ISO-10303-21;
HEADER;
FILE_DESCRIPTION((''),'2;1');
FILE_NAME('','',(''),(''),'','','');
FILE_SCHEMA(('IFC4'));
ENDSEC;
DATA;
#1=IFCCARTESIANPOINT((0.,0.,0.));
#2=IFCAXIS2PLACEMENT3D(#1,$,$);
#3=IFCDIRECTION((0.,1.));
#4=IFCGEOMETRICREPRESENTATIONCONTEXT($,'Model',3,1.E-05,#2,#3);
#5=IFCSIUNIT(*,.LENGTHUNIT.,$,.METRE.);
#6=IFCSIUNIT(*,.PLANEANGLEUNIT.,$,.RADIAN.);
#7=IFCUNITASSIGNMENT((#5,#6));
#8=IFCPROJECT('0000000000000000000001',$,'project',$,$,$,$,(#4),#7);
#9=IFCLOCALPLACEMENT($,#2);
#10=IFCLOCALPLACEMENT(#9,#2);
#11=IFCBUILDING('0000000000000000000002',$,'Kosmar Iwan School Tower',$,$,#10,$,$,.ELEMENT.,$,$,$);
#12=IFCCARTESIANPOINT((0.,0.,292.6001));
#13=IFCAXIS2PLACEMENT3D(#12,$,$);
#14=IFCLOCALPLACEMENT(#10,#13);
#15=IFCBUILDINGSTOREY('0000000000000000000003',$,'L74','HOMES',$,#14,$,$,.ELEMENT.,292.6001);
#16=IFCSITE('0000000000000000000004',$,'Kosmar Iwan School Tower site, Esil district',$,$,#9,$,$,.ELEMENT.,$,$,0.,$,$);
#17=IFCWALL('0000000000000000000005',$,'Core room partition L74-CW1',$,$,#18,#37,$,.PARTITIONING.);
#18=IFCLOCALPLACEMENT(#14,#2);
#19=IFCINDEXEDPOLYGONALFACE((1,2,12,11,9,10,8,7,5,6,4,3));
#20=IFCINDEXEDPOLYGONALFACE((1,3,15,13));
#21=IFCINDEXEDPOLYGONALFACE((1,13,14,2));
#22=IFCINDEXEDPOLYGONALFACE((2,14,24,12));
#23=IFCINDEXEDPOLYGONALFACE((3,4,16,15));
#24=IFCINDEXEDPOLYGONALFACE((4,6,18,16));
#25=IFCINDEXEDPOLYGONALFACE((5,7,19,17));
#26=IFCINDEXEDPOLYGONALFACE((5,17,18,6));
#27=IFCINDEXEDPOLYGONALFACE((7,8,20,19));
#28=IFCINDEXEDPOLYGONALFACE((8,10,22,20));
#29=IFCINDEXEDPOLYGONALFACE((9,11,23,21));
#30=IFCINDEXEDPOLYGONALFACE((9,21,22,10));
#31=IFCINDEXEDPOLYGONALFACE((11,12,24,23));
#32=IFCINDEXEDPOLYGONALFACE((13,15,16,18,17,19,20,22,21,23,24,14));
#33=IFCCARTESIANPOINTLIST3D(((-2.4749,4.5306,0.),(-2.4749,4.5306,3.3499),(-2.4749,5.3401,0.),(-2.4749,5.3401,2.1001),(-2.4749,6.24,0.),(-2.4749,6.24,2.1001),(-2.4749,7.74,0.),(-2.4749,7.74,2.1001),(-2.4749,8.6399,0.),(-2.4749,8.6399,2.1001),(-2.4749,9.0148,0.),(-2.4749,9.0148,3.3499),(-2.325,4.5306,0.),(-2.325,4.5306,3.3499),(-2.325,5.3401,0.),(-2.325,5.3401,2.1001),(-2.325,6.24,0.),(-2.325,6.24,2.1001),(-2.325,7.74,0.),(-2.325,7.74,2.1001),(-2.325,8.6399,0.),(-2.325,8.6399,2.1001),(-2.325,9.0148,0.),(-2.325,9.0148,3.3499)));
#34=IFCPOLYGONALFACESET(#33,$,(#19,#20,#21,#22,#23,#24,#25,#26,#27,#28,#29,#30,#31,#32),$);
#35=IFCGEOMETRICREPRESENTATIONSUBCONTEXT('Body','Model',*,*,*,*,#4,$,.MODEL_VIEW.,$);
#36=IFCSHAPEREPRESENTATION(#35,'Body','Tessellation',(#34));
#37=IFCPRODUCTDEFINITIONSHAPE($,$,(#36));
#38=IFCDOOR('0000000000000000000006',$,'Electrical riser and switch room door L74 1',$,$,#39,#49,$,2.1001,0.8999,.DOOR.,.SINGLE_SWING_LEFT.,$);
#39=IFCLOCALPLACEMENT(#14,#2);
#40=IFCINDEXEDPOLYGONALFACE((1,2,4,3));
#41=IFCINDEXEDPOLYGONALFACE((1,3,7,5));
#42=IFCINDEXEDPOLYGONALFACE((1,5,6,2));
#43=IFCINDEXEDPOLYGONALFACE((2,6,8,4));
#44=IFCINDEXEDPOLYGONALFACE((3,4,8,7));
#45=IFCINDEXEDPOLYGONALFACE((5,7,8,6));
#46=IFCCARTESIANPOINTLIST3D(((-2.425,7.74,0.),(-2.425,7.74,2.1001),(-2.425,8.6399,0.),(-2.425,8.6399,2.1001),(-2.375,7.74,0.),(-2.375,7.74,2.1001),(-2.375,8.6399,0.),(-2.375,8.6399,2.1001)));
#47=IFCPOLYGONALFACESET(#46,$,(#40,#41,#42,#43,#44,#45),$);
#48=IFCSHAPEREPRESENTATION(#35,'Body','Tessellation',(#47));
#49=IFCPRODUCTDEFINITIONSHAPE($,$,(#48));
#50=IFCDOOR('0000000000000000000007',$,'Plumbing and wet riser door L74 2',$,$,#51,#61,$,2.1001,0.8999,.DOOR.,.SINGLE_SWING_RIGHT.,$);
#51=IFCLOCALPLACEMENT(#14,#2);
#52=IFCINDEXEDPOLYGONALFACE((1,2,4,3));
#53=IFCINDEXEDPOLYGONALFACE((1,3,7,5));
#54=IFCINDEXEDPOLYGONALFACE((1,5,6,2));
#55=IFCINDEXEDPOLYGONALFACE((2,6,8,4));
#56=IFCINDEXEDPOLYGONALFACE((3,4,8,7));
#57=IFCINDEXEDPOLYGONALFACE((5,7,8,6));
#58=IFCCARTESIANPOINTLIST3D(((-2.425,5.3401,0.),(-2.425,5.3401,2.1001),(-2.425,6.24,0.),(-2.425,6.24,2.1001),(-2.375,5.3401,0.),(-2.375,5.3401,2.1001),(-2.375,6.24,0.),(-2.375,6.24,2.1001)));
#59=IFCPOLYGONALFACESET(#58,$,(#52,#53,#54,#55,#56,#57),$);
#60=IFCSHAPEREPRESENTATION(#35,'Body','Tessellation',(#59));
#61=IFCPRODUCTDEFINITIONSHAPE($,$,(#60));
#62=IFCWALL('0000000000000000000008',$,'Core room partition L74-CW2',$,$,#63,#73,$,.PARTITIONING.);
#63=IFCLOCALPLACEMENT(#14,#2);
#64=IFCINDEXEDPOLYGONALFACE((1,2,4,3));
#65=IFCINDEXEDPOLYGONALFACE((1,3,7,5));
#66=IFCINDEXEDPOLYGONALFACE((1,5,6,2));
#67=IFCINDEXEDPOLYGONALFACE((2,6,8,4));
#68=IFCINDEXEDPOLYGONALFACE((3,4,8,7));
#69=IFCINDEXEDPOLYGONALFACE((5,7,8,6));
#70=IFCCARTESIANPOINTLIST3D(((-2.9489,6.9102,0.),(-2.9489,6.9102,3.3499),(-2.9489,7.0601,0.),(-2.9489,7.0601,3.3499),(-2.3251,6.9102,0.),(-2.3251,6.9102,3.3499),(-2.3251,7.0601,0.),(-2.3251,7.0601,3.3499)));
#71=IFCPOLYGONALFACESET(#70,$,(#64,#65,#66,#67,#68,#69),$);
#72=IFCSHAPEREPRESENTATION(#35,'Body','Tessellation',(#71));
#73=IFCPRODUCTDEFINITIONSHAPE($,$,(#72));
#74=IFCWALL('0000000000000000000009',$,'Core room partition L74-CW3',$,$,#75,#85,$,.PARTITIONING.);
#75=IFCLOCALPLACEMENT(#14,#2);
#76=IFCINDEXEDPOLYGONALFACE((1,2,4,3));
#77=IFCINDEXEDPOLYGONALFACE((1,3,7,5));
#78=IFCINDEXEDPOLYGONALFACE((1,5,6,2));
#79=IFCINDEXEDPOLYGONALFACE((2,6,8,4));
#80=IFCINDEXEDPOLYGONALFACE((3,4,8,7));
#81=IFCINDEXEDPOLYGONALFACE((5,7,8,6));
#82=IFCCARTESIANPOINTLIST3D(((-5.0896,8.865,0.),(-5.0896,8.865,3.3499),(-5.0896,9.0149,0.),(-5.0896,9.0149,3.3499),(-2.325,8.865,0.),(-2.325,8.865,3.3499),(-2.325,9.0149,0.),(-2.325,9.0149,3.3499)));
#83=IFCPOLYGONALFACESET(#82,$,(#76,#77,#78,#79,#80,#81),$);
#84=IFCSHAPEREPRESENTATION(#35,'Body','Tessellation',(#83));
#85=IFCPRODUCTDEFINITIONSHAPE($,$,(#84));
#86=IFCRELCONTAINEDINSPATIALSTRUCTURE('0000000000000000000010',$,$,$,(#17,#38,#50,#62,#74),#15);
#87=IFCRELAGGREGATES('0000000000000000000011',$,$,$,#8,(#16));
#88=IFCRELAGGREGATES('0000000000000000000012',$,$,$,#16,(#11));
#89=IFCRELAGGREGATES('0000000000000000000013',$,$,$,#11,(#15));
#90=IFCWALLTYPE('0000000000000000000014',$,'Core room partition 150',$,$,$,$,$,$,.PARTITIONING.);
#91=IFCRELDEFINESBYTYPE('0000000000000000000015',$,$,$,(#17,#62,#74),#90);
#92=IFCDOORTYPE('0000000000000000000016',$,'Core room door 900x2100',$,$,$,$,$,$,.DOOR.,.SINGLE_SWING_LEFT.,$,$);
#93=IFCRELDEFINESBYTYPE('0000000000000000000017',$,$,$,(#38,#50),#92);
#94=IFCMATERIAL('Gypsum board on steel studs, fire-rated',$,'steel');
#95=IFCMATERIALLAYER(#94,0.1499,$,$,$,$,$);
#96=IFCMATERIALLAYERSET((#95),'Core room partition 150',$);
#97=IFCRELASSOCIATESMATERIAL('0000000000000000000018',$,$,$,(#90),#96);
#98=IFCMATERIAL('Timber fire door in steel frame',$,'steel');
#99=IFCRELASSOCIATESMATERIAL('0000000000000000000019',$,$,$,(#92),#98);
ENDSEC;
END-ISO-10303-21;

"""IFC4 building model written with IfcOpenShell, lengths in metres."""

from ifc_helpers import new_model, si_unit, direction, frame, frame_2d, origin, place, context, subcontext, project, spatial, rectangle, extrude, material, layer, layer_set, type_object, element, fill, save


model = new_model("IFC4")

# Units and contexts
model_context = context("Model", 3, precision=1e-05, world=origin(), true_north=direction((0.0, 1.0)))
body_context = subcontext(model_context, "Body", "Model", "MODEL_VIEW")
ifc_project = project(units=[si_unit("LENGTHUNIT", "METRE"), si_unit("PLANEANGLEUNIT", "RADIAN")], contexts=[model_context])

# Site, building, storey
site_placement = place(None, origin())
site = spatial("IfcSite", under=ifc_project, at=site_placement, Name="Kosmar Iwan School Tower site, Esil district", CompositionType="ELEMENT", RefElevation=0.0)
building_placement = place(site_placement, origin())
building = spatial("IfcBuilding", under=site, at=building_placement, Name="Kosmar Iwan School Tower", CompositionType="ELEMENT")
storey_placement = place(building_placement, frame((0.0, 0.0, 292.6001)))
storey = spatial("IfcBuildingStorey", under=building, at=storey_placement, Name="L74", Description="HOMES", CompositionType="ELEMENT", Elevation=292.6001)

# Wall, openings, doors
ifc_material_1 = material(Name="Gypsum board on steel studs, fire-rated", Category="steel")
ifc_layer_1 = layer(ifc_material_1, 0.1499)
ifc_layer_set_1 = layer_set([ifc_layer_1], Name="Core room partition 150")
wall_type_1 = type_object("IfcWallType", Name="Core room partition 150", PredefinedType="PARTITIONING", material=ifc_layer_set_1)
wall_1_placement = place(storey_placement, frame((-2.3999, 9.0149, 0.0), z_axis=(0.0, 0.0, 1.0), x_axis=(0.0, -1.0, 0.0)))
wall_1 = element("IfcWall", 1, at=wall_1_placement, inside=storey, type_object=wall_type_1, Name="Core room partition L74-CW1", PredefinedType="PARTITIONING", context=body_context, shape_type="SweptSolid", body=[
    extrude(rectangle(XDim=4.4841, YDim=0.1499, at=frame_2d((2.2422, 0.0))), origin(), (0.0, 0.0, 1.0), 3.3499),
])
opening_1_placement = place(wall_1_placement, frame((0.375, 0.0, 0.0)))
opening_1 = element("IfcOpeningElement", 2, at=opening_1_placement, cuts=wall_1, PredefinedType="OPENING", context=body_context, shape_type="SweptSolid", body=[
    extrude(rectangle(XDim=0.8999, YDim=2.1001, at=frame_2d((0.45, 1.05))), frame((0.0, 0.0869, 0.0), z_axis=(0.0, -1.0, 0.0), x_axis=(1.0, 0.0, 0.0)), (0.0, 0.0, 1.0), 0.1738),
])
opening_2_placement = place(wall_1_placement, frame((2.7749, 0.0, 0.0)))
opening_2 = element("IfcOpeningElement", 3, at=opening_2_placement, cuts=wall_1, PredefinedType="OPENING", context=body_context, shape_type="SweptSolid", body=[
    extrude(rectangle(XDim=0.8999, YDim=2.1001, at=frame_2d((0.45, 1.05))), frame((0.0, 0.0869, 0.0), z_axis=(0.0, -1.0, 0.0), x_axis=(1.0, 0.0, 0.0)), (0.0, 0.0, 1.0), 0.1738),
])
ifc_material_2 = material(Name="Timber fire door in steel frame", Category="steel")
door_type_1 = type_object("IfcDoorType", Name="Core room door 900x2100", OperationType="SINGLE_SWING_LEFT", PredefinedType="DOOR", material=ifc_material_2)
door_1_placement = place(opening_1_placement, origin())
door_1 = element("IfcDoor", 4, at=door_1_placement, inside=storey, type_object=door_type_1, Name="Electrical riser and switch room door L74 1", OperationType="SINGLE_SWING_LEFT", OverallHeight=2.1001, OverallWidth=0.8999, PredefinedType="DOOR", context=body_context, shape_type="SweptSolid", body=[
    extrude(rectangle(XDim=0.8999, YDim=2.1001, at=frame_2d((0.45, 1.05))), frame((0.0, 0.0249, 0.0), z_axis=(0.0, -1.0, 0.0), x_axis=(1.0, 0.0, 0.0)), (0.0, 0.0, 1.0), 0.05),
])
fill(opening_1, door_1)
door_2_placement = place(opening_2_placement, origin())
door_2 = element("IfcDoor", 5, at=door_2_placement, inside=storey, type_object=door_type_1, Name="Plumbing and wet riser door L74 2", OperationType="SINGLE_SWING_RIGHT", OverallHeight=2.1001, OverallWidth=0.8999, PredefinedType="DOOR", context=body_context, shape_type="SweptSolid", body=[
    extrude(rectangle(XDim=0.8999, YDim=2.1001, at=frame_2d((0.45, 1.05))), frame((0.0, 0.0249, 0.0), z_axis=(0.0, -1.0, 0.0), x_axis=(1.0, 0.0, 0.0)), (0.0, 0.0, 1.0), 0.05),
])
fill(opening_2, door_2)

# Walls
wall_2_placement = place(storey_placement, frame((-2.325, 6.9851, 0.0), z_axis=(0.0, 0.0, 1.0), x_axis=(-1.0, 0.0, 0.0)))
element("IfcWall", 6, at=wall_2_placement, inside=storey, type_object=wall_type_1, Name="Core room partition L74-CW2", PredefinedType="PARTITIONING", context=body_context, shape_type="SweptSolid", body=[
    extrude(rectangle(XDim=0.6238, YDim=0.1499, at=frame_2d((0.312, 0.0))), origin(), (0.0, 0.0, 1.0), 3.3499),
])
wall_3_placement = place(storey_placement, frame((-5.0896, 8.9399, 0.0), z_axis=(0.0, 0.0, 1.0), x_axis=(1.0, 0.0, 0.0)))
element("IfcWall", 7, at=wall_3_placement, inside=storey, type_object=wall_type_1, Name="Core room partition L74-CW3", PredefinedType="PARTITIONING", context=body_context, shape_type="SweptSolid", body=[
    extrude(rectangle(XDim=2.7646, YDim=0.1499, at=frame_2d((1.3823, 0.0))), origin(), (0.0, 0.0, 1.0), 3.3499),
])

save(model, "model.ifc")
